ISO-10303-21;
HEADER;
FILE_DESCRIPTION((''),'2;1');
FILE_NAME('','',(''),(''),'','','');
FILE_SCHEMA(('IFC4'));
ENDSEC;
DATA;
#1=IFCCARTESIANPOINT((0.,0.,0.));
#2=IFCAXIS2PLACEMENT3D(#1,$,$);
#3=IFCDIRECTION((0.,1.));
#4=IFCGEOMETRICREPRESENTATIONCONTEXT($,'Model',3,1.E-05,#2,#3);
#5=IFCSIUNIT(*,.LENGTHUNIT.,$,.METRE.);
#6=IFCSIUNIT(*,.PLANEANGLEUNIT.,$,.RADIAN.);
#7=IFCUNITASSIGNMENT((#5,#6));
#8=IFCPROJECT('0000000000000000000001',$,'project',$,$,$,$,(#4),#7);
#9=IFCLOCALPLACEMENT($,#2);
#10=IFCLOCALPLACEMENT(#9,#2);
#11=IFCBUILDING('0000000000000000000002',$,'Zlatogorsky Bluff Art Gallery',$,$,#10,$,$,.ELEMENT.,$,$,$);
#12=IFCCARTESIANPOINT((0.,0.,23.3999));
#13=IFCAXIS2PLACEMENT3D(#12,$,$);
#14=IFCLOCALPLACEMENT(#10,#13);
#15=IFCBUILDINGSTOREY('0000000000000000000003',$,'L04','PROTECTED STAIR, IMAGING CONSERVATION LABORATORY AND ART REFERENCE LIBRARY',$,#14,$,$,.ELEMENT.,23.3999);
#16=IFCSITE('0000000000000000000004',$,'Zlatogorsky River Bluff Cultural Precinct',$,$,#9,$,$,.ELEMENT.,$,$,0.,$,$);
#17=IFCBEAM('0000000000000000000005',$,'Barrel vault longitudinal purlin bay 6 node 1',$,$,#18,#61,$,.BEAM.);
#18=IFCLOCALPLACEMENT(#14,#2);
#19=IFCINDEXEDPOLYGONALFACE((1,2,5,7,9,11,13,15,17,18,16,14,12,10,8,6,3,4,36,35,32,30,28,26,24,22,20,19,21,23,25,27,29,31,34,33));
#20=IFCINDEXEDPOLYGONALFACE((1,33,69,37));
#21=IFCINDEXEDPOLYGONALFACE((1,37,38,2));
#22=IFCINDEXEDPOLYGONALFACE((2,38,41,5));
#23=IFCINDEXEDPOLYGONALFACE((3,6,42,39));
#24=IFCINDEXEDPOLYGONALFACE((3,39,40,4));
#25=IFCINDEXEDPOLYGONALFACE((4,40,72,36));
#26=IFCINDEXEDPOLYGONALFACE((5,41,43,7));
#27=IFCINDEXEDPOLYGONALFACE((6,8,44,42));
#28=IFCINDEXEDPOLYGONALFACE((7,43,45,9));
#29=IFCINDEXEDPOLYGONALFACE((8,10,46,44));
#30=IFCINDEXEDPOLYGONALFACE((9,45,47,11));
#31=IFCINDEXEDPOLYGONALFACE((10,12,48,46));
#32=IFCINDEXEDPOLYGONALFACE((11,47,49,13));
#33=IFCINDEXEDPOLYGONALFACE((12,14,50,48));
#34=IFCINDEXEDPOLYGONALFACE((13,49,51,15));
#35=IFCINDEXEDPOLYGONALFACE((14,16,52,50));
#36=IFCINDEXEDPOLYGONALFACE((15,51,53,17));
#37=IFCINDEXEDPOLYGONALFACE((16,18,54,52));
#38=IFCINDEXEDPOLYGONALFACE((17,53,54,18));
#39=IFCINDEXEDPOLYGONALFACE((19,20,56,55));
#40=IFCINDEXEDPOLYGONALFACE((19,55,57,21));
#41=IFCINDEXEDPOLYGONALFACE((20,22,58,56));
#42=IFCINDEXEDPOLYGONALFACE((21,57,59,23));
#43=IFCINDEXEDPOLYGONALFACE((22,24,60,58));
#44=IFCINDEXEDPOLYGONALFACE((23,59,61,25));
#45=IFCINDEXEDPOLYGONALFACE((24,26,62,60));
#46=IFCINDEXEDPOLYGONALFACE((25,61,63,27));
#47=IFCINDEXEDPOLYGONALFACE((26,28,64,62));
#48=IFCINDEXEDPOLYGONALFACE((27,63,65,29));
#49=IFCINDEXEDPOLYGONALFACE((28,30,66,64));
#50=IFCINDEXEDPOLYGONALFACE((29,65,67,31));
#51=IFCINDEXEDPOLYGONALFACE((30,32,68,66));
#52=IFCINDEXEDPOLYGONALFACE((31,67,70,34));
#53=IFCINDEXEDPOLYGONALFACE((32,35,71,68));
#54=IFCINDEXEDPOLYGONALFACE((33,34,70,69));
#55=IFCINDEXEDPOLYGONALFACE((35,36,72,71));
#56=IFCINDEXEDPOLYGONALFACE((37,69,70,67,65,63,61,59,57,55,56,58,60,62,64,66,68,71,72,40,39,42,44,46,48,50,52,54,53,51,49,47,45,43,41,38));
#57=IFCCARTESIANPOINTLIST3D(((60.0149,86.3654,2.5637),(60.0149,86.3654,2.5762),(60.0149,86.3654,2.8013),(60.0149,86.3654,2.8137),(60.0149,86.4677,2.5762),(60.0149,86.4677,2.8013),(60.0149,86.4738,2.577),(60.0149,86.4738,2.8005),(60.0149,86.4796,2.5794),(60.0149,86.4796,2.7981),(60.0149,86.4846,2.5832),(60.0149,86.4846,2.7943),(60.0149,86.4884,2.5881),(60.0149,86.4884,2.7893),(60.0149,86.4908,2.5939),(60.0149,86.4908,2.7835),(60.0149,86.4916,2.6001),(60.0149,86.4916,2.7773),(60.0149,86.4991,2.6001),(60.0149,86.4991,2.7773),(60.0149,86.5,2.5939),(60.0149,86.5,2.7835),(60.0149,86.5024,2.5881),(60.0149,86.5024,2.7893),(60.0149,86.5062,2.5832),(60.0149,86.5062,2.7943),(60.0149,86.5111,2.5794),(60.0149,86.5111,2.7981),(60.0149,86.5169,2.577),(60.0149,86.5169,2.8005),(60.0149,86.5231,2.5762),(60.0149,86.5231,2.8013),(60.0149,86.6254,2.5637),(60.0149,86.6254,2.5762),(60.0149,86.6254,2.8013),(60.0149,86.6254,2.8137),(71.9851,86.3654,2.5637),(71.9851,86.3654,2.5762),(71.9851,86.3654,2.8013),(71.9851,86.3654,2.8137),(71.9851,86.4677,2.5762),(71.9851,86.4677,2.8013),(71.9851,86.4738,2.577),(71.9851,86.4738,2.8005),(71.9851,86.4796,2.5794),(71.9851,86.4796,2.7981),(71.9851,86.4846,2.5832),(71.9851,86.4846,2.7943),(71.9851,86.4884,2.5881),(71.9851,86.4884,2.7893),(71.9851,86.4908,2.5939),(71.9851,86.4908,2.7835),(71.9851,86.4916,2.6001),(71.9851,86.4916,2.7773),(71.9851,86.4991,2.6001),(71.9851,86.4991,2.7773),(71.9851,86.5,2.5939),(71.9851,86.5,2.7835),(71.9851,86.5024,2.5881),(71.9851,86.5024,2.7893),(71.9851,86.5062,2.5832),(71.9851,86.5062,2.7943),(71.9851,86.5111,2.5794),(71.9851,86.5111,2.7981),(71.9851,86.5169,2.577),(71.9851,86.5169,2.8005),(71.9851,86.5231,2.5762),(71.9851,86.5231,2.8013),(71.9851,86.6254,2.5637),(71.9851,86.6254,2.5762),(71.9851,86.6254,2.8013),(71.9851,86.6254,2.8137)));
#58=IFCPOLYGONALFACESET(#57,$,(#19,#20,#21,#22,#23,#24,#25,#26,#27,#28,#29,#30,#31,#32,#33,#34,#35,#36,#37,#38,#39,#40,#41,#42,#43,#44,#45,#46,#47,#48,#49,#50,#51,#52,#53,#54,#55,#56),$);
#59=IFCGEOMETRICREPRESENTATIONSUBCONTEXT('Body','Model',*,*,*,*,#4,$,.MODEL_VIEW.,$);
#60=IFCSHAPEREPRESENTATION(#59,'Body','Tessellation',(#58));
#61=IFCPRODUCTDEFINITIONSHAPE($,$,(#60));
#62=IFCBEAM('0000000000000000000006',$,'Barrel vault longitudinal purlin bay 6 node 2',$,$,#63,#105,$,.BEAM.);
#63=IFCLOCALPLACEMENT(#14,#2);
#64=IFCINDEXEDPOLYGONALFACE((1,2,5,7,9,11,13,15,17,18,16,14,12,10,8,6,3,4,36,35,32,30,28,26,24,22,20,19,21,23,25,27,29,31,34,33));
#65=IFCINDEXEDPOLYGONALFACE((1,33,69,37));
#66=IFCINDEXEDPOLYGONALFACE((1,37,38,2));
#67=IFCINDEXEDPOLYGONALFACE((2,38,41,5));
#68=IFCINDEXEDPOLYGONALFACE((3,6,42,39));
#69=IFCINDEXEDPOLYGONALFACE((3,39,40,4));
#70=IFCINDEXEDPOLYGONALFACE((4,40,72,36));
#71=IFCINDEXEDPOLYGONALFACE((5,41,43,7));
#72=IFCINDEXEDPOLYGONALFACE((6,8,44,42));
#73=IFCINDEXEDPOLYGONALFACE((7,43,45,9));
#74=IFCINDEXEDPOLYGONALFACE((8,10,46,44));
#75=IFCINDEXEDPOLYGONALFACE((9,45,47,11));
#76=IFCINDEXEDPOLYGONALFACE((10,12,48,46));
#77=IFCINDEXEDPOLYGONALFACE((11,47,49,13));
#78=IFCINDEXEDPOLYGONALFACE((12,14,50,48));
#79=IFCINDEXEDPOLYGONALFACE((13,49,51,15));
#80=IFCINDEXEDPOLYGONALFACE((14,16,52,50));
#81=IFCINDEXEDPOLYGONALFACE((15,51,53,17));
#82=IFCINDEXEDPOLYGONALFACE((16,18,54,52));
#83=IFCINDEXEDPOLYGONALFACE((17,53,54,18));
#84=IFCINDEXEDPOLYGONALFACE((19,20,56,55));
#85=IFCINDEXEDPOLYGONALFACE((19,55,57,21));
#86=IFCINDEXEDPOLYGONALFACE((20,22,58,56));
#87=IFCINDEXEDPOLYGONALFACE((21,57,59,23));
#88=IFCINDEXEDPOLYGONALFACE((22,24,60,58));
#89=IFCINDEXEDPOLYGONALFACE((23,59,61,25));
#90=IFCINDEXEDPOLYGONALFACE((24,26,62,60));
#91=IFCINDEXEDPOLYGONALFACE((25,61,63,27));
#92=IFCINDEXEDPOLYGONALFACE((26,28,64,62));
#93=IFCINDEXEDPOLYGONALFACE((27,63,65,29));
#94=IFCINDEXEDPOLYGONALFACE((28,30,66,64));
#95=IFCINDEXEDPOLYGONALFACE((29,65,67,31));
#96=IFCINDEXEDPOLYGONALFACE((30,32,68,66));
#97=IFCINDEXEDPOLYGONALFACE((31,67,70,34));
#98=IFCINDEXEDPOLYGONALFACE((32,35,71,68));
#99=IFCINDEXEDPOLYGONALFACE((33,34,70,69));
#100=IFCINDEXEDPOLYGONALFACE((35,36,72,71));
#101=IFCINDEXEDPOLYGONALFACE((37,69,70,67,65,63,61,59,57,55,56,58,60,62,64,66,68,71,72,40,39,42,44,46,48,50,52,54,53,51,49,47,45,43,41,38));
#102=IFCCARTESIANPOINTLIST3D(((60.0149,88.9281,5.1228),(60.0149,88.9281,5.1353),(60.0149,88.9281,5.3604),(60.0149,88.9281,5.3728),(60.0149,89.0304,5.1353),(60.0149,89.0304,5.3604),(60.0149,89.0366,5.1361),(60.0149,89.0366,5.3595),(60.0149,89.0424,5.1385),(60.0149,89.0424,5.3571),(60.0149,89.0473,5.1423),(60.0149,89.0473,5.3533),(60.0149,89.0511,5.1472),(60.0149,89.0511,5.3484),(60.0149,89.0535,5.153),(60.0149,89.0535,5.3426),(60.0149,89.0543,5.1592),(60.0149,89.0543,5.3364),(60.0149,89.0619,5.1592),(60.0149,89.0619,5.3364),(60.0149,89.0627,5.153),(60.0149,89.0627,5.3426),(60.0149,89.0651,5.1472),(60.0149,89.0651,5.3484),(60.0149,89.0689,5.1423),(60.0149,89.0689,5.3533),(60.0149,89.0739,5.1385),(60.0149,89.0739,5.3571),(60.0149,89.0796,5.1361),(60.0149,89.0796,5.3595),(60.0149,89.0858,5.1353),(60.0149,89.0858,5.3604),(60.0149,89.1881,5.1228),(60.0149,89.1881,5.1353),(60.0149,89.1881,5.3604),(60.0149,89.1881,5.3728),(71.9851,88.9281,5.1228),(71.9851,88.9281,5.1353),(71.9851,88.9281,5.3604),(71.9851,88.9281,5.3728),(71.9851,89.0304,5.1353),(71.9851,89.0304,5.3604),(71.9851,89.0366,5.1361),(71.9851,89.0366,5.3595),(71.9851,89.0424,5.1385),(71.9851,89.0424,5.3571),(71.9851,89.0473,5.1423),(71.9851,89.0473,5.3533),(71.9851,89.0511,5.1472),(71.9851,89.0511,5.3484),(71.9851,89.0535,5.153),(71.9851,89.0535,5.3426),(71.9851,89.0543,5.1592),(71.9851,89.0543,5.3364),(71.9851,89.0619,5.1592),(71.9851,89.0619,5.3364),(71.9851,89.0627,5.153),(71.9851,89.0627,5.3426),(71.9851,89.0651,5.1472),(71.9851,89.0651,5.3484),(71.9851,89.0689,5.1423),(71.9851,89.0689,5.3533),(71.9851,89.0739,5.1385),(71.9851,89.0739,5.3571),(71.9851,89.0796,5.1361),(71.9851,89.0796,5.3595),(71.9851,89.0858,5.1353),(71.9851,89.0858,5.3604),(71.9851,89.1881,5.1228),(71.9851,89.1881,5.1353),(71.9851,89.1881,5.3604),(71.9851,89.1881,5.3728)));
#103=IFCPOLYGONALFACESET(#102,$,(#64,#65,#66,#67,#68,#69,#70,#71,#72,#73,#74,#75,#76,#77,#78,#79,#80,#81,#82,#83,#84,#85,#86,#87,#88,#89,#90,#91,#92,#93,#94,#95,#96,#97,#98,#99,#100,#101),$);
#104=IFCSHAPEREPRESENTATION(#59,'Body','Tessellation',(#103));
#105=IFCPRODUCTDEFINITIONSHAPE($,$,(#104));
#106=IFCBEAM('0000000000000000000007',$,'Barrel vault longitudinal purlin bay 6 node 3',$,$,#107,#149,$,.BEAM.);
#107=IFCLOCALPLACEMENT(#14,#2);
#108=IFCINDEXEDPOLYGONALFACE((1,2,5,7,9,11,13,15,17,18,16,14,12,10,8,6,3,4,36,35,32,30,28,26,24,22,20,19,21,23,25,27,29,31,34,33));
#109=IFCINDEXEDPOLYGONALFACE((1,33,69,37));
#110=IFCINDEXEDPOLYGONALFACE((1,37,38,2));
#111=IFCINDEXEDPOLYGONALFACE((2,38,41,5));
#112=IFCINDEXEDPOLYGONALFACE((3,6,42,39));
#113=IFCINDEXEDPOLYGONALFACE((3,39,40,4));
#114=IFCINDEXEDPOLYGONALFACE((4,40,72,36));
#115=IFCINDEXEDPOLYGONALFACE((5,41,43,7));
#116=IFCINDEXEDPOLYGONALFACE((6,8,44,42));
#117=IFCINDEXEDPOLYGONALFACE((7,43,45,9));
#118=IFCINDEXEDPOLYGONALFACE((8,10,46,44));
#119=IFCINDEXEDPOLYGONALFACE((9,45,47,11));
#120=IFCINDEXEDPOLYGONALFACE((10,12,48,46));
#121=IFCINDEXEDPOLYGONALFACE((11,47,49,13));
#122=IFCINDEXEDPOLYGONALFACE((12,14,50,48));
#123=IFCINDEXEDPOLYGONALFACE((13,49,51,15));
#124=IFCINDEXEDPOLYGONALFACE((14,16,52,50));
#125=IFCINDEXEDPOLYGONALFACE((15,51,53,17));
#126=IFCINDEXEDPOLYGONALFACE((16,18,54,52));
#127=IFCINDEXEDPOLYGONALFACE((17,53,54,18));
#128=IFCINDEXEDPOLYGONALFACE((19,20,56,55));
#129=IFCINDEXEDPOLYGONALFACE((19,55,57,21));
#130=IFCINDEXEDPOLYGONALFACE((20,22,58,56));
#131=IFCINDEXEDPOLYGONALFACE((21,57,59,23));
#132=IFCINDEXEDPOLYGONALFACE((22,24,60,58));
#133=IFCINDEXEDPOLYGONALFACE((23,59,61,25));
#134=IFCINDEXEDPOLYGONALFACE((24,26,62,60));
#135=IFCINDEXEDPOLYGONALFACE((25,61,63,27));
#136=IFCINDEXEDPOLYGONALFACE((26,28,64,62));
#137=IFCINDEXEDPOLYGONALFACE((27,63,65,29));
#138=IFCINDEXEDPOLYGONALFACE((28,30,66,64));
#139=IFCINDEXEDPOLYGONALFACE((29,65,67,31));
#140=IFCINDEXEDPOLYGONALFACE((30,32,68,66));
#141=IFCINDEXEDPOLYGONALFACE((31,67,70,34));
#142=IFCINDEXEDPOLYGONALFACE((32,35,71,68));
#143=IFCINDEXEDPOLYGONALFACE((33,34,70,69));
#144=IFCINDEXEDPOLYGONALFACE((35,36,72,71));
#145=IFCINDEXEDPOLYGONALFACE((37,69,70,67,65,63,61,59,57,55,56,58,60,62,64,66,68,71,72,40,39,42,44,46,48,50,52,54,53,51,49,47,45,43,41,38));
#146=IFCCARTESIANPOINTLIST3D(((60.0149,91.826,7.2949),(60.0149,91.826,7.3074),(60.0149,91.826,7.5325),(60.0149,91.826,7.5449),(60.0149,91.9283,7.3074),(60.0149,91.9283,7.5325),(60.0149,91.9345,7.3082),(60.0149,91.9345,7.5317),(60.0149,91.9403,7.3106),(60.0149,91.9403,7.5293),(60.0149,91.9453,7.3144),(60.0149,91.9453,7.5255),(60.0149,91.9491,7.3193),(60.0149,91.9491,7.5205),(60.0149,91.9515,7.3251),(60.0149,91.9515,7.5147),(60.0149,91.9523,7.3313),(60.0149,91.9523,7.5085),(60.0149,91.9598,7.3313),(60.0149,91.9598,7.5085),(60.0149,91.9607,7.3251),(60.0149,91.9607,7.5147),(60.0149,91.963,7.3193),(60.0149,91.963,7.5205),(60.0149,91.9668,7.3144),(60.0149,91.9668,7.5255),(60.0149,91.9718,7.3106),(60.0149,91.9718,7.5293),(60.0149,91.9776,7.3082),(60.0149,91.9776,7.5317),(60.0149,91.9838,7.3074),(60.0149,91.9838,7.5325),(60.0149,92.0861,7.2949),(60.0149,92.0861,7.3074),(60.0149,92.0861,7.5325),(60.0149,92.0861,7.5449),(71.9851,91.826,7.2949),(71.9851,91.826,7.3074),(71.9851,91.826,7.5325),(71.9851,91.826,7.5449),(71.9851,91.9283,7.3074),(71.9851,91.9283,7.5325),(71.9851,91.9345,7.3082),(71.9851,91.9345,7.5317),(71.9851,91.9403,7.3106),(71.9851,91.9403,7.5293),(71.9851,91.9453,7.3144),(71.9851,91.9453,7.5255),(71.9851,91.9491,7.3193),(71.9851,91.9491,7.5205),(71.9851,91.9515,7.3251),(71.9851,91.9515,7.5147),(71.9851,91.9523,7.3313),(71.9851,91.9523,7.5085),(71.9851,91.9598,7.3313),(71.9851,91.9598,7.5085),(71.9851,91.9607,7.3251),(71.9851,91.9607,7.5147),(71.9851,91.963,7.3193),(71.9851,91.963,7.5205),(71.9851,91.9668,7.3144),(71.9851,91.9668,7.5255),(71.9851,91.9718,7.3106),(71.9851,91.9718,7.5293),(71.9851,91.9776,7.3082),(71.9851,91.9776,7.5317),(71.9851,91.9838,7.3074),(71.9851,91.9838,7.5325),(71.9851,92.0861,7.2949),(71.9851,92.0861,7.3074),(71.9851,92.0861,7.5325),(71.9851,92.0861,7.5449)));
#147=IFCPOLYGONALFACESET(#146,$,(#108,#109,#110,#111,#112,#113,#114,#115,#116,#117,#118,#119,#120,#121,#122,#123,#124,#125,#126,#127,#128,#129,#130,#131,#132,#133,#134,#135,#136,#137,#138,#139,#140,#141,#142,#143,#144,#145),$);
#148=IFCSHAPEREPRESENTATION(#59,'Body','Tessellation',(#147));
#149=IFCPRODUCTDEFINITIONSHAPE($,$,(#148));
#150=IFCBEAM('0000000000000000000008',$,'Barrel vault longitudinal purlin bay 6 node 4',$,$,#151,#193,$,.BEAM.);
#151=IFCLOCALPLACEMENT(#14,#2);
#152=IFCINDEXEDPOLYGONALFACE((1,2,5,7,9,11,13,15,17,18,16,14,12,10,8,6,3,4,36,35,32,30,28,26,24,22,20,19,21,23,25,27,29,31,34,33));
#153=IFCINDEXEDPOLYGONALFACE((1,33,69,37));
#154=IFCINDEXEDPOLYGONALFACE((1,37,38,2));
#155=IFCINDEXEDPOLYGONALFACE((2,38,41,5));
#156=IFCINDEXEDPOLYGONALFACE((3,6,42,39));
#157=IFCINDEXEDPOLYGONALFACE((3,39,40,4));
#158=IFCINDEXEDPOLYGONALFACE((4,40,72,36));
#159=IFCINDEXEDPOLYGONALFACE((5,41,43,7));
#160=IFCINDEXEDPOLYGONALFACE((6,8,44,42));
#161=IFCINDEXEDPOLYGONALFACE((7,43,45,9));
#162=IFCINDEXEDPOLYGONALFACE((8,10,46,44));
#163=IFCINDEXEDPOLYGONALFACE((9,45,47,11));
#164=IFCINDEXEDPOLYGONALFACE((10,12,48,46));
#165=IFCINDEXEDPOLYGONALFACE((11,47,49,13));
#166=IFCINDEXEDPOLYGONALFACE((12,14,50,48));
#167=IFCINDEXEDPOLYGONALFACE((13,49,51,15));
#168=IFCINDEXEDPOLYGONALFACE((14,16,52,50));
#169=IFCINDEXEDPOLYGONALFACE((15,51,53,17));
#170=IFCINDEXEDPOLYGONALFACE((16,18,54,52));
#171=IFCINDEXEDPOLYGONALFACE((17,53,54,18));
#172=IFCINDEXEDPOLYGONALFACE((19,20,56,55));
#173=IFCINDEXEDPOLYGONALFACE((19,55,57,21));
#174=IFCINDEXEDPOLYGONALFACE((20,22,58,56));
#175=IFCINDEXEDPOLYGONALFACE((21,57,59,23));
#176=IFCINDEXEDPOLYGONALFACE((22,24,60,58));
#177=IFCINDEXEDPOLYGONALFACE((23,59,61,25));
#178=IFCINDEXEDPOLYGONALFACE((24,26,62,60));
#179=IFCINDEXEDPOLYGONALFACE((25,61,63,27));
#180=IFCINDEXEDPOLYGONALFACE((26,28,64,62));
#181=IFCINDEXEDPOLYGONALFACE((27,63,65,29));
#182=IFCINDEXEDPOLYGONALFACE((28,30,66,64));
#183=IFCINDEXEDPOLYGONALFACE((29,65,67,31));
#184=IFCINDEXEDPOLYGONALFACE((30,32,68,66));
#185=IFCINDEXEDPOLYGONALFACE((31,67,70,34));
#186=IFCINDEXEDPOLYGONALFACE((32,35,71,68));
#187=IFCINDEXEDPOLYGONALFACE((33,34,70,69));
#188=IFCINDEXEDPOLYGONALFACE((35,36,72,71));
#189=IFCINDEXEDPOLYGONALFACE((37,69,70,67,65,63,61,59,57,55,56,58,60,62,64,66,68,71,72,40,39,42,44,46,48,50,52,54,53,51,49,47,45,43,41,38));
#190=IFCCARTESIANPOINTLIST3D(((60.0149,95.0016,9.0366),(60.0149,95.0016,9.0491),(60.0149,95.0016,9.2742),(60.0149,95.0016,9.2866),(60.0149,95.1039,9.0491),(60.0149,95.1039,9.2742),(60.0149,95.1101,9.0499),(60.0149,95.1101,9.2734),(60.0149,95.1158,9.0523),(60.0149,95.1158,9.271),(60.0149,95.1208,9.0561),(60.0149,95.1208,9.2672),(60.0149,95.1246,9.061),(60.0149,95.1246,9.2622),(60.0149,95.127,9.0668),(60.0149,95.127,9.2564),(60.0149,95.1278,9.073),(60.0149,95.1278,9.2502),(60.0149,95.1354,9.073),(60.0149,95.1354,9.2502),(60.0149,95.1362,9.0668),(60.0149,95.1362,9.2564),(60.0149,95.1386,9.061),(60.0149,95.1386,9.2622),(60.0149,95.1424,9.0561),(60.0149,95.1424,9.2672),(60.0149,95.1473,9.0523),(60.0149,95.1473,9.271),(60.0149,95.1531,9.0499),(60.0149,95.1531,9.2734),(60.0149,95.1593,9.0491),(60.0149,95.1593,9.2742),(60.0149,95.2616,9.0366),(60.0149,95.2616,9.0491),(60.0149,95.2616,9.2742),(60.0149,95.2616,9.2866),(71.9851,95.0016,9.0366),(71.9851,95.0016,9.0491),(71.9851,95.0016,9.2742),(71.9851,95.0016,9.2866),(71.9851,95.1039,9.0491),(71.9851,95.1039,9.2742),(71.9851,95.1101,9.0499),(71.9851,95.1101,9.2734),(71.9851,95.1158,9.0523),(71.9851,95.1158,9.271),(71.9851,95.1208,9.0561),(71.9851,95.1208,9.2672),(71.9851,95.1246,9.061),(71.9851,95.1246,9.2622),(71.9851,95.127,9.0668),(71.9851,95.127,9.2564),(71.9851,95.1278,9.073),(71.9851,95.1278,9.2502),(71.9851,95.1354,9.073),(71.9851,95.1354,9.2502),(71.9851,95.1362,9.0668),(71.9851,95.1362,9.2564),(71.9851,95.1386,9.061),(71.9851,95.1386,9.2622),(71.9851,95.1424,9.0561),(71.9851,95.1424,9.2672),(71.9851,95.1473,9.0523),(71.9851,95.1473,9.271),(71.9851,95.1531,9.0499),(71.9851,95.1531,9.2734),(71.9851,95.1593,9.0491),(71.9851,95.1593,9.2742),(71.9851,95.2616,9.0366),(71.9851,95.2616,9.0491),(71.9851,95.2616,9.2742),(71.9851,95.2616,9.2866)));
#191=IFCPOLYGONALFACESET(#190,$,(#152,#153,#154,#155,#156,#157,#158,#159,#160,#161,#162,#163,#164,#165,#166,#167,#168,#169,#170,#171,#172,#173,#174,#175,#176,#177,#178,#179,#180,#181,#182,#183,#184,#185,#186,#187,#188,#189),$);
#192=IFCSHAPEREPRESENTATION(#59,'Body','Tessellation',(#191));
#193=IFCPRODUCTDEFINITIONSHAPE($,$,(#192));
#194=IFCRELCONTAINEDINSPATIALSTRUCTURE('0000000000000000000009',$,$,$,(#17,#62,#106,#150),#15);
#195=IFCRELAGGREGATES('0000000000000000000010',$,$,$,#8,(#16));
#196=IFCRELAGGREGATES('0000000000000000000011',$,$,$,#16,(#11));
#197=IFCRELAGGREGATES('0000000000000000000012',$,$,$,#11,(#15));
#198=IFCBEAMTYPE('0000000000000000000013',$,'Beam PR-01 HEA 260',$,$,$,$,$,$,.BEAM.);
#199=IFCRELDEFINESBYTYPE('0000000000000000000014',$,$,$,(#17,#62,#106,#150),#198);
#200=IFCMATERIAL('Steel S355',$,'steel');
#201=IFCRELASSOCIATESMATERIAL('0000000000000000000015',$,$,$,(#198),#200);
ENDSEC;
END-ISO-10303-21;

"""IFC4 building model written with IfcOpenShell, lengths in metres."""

from ifc_helpers import new_model, si_unit, direction, frame, origin, origin_2d, place, context, subcontext, project, spatial, i_section, extrude, material, material_profile, profile_set, type_object, element, save


model = new_model("IFC4")

# Units and contexts
model_context = context("Model", 3, precision=1e-05, world=origin(), true_north=direction((0.0, 1.0)))
body_context = subcontext(model_context, "Body", "Model", "MODEL_VIEW")
ifc_project = project(units=[si_unit("LENGTHUNIT", "METRE"), si_unit("PLANEANGLEUNIT", "RADIAN")], contexts=[model_context])

# Site, building, storey
site_placement = place(None, origin())
site = spatial("IfcSite", under=ifc_project, at=site_placement, Name="Zlatogorsky River Bluff Cultural Precinct", CompositionType="ELEMENT", RefElevation=0.0)
building_placement = place(site_placement, origin())
building = spatial("IfcBuilding", under=site, at=building_placement, Name="Zlatogorsky Bluff Art Gallery", CompositionType="ELEMENT")
storey_placement = place(building_placement, frame((0.0, 0.0, 23.3999)))
storey = spatial("IfcBuildingStorey", under=building, at=storey_placement, Name="L04", Description="PROTECTED STAIR, IMAGING CONSERVATION LABORATORY AND ART REFERENCE LIBRARY", CompositionType="ELEMENT", Elevation=23.3999)

# Beams
ifc_material_1 = material(Name="Steel S355", Category="steel")
ifc_material_profile_1 = material_profile(ifc_material_1, i_section(OverallWidth=0.26, OverallDepth=0.25, WebThickness=0.0076, FlangeThickness=0.0125, FilletRadius=0.0239, at=origin_2d()), Name="HEA 260")
ifc_profile_set_1 = profile_set([ifc_material_profile_1], Name="Steel S355")
beam_type_1 = type_object("IfcBeamType", Name="Beam PR-01 HEA 260", PredefinedType="BEAM", material=ifc_profile_set_1)
for number, where, z_axis, x_axis, name in (
    (1, (60.0149, 86.4954, 2.6887), (1.0, 0.0, 0.0), (0.0, 1.0, 0.0), "Barrel vault longitudinal purlin bay 6 node 1"),
    (2, (60.0149, 89.0581, 5.2478), (1.0, 0.0, 0.0), (0.0, 1.0, 0.0), "Barrel vault longitudinal purlin bay 6 node 2"),
    (3, (60.0149, 91.9561, 7.4199), (1.0, 0.0, 0.0), (0.0, 1.0, 0.0), "Barrel vault longitudinal purlin bay 6 node 3"),
    (4, (60.0149, 95.1316, 9.1616), (1.0, 0.0, 0.0), (0.0, 1.0, 0.0), "Barrel vault longitudinal purlin bay 6 node 4"),
):
    element("IfcBeam", number, at=place(storey_placement, frame(where, z_axis=z_axis, x_axis=x_axis)), inside=storey, type_object=beam_type_1, Name=name, PredefinedType="BEAM", context=body_context, shape_type="SweptSolid", body=[
        extrude(i_section(OverallWidth=0.26, OverallDepth=0.25, WebThickness=0.0076, FlangeThickness=0.0125, FilletRadius=0.0239, at=origin_2d()), origin(), (0.0, 0.0, 1.0), 11.9702),
    ])

save(model, "model.ifc")
